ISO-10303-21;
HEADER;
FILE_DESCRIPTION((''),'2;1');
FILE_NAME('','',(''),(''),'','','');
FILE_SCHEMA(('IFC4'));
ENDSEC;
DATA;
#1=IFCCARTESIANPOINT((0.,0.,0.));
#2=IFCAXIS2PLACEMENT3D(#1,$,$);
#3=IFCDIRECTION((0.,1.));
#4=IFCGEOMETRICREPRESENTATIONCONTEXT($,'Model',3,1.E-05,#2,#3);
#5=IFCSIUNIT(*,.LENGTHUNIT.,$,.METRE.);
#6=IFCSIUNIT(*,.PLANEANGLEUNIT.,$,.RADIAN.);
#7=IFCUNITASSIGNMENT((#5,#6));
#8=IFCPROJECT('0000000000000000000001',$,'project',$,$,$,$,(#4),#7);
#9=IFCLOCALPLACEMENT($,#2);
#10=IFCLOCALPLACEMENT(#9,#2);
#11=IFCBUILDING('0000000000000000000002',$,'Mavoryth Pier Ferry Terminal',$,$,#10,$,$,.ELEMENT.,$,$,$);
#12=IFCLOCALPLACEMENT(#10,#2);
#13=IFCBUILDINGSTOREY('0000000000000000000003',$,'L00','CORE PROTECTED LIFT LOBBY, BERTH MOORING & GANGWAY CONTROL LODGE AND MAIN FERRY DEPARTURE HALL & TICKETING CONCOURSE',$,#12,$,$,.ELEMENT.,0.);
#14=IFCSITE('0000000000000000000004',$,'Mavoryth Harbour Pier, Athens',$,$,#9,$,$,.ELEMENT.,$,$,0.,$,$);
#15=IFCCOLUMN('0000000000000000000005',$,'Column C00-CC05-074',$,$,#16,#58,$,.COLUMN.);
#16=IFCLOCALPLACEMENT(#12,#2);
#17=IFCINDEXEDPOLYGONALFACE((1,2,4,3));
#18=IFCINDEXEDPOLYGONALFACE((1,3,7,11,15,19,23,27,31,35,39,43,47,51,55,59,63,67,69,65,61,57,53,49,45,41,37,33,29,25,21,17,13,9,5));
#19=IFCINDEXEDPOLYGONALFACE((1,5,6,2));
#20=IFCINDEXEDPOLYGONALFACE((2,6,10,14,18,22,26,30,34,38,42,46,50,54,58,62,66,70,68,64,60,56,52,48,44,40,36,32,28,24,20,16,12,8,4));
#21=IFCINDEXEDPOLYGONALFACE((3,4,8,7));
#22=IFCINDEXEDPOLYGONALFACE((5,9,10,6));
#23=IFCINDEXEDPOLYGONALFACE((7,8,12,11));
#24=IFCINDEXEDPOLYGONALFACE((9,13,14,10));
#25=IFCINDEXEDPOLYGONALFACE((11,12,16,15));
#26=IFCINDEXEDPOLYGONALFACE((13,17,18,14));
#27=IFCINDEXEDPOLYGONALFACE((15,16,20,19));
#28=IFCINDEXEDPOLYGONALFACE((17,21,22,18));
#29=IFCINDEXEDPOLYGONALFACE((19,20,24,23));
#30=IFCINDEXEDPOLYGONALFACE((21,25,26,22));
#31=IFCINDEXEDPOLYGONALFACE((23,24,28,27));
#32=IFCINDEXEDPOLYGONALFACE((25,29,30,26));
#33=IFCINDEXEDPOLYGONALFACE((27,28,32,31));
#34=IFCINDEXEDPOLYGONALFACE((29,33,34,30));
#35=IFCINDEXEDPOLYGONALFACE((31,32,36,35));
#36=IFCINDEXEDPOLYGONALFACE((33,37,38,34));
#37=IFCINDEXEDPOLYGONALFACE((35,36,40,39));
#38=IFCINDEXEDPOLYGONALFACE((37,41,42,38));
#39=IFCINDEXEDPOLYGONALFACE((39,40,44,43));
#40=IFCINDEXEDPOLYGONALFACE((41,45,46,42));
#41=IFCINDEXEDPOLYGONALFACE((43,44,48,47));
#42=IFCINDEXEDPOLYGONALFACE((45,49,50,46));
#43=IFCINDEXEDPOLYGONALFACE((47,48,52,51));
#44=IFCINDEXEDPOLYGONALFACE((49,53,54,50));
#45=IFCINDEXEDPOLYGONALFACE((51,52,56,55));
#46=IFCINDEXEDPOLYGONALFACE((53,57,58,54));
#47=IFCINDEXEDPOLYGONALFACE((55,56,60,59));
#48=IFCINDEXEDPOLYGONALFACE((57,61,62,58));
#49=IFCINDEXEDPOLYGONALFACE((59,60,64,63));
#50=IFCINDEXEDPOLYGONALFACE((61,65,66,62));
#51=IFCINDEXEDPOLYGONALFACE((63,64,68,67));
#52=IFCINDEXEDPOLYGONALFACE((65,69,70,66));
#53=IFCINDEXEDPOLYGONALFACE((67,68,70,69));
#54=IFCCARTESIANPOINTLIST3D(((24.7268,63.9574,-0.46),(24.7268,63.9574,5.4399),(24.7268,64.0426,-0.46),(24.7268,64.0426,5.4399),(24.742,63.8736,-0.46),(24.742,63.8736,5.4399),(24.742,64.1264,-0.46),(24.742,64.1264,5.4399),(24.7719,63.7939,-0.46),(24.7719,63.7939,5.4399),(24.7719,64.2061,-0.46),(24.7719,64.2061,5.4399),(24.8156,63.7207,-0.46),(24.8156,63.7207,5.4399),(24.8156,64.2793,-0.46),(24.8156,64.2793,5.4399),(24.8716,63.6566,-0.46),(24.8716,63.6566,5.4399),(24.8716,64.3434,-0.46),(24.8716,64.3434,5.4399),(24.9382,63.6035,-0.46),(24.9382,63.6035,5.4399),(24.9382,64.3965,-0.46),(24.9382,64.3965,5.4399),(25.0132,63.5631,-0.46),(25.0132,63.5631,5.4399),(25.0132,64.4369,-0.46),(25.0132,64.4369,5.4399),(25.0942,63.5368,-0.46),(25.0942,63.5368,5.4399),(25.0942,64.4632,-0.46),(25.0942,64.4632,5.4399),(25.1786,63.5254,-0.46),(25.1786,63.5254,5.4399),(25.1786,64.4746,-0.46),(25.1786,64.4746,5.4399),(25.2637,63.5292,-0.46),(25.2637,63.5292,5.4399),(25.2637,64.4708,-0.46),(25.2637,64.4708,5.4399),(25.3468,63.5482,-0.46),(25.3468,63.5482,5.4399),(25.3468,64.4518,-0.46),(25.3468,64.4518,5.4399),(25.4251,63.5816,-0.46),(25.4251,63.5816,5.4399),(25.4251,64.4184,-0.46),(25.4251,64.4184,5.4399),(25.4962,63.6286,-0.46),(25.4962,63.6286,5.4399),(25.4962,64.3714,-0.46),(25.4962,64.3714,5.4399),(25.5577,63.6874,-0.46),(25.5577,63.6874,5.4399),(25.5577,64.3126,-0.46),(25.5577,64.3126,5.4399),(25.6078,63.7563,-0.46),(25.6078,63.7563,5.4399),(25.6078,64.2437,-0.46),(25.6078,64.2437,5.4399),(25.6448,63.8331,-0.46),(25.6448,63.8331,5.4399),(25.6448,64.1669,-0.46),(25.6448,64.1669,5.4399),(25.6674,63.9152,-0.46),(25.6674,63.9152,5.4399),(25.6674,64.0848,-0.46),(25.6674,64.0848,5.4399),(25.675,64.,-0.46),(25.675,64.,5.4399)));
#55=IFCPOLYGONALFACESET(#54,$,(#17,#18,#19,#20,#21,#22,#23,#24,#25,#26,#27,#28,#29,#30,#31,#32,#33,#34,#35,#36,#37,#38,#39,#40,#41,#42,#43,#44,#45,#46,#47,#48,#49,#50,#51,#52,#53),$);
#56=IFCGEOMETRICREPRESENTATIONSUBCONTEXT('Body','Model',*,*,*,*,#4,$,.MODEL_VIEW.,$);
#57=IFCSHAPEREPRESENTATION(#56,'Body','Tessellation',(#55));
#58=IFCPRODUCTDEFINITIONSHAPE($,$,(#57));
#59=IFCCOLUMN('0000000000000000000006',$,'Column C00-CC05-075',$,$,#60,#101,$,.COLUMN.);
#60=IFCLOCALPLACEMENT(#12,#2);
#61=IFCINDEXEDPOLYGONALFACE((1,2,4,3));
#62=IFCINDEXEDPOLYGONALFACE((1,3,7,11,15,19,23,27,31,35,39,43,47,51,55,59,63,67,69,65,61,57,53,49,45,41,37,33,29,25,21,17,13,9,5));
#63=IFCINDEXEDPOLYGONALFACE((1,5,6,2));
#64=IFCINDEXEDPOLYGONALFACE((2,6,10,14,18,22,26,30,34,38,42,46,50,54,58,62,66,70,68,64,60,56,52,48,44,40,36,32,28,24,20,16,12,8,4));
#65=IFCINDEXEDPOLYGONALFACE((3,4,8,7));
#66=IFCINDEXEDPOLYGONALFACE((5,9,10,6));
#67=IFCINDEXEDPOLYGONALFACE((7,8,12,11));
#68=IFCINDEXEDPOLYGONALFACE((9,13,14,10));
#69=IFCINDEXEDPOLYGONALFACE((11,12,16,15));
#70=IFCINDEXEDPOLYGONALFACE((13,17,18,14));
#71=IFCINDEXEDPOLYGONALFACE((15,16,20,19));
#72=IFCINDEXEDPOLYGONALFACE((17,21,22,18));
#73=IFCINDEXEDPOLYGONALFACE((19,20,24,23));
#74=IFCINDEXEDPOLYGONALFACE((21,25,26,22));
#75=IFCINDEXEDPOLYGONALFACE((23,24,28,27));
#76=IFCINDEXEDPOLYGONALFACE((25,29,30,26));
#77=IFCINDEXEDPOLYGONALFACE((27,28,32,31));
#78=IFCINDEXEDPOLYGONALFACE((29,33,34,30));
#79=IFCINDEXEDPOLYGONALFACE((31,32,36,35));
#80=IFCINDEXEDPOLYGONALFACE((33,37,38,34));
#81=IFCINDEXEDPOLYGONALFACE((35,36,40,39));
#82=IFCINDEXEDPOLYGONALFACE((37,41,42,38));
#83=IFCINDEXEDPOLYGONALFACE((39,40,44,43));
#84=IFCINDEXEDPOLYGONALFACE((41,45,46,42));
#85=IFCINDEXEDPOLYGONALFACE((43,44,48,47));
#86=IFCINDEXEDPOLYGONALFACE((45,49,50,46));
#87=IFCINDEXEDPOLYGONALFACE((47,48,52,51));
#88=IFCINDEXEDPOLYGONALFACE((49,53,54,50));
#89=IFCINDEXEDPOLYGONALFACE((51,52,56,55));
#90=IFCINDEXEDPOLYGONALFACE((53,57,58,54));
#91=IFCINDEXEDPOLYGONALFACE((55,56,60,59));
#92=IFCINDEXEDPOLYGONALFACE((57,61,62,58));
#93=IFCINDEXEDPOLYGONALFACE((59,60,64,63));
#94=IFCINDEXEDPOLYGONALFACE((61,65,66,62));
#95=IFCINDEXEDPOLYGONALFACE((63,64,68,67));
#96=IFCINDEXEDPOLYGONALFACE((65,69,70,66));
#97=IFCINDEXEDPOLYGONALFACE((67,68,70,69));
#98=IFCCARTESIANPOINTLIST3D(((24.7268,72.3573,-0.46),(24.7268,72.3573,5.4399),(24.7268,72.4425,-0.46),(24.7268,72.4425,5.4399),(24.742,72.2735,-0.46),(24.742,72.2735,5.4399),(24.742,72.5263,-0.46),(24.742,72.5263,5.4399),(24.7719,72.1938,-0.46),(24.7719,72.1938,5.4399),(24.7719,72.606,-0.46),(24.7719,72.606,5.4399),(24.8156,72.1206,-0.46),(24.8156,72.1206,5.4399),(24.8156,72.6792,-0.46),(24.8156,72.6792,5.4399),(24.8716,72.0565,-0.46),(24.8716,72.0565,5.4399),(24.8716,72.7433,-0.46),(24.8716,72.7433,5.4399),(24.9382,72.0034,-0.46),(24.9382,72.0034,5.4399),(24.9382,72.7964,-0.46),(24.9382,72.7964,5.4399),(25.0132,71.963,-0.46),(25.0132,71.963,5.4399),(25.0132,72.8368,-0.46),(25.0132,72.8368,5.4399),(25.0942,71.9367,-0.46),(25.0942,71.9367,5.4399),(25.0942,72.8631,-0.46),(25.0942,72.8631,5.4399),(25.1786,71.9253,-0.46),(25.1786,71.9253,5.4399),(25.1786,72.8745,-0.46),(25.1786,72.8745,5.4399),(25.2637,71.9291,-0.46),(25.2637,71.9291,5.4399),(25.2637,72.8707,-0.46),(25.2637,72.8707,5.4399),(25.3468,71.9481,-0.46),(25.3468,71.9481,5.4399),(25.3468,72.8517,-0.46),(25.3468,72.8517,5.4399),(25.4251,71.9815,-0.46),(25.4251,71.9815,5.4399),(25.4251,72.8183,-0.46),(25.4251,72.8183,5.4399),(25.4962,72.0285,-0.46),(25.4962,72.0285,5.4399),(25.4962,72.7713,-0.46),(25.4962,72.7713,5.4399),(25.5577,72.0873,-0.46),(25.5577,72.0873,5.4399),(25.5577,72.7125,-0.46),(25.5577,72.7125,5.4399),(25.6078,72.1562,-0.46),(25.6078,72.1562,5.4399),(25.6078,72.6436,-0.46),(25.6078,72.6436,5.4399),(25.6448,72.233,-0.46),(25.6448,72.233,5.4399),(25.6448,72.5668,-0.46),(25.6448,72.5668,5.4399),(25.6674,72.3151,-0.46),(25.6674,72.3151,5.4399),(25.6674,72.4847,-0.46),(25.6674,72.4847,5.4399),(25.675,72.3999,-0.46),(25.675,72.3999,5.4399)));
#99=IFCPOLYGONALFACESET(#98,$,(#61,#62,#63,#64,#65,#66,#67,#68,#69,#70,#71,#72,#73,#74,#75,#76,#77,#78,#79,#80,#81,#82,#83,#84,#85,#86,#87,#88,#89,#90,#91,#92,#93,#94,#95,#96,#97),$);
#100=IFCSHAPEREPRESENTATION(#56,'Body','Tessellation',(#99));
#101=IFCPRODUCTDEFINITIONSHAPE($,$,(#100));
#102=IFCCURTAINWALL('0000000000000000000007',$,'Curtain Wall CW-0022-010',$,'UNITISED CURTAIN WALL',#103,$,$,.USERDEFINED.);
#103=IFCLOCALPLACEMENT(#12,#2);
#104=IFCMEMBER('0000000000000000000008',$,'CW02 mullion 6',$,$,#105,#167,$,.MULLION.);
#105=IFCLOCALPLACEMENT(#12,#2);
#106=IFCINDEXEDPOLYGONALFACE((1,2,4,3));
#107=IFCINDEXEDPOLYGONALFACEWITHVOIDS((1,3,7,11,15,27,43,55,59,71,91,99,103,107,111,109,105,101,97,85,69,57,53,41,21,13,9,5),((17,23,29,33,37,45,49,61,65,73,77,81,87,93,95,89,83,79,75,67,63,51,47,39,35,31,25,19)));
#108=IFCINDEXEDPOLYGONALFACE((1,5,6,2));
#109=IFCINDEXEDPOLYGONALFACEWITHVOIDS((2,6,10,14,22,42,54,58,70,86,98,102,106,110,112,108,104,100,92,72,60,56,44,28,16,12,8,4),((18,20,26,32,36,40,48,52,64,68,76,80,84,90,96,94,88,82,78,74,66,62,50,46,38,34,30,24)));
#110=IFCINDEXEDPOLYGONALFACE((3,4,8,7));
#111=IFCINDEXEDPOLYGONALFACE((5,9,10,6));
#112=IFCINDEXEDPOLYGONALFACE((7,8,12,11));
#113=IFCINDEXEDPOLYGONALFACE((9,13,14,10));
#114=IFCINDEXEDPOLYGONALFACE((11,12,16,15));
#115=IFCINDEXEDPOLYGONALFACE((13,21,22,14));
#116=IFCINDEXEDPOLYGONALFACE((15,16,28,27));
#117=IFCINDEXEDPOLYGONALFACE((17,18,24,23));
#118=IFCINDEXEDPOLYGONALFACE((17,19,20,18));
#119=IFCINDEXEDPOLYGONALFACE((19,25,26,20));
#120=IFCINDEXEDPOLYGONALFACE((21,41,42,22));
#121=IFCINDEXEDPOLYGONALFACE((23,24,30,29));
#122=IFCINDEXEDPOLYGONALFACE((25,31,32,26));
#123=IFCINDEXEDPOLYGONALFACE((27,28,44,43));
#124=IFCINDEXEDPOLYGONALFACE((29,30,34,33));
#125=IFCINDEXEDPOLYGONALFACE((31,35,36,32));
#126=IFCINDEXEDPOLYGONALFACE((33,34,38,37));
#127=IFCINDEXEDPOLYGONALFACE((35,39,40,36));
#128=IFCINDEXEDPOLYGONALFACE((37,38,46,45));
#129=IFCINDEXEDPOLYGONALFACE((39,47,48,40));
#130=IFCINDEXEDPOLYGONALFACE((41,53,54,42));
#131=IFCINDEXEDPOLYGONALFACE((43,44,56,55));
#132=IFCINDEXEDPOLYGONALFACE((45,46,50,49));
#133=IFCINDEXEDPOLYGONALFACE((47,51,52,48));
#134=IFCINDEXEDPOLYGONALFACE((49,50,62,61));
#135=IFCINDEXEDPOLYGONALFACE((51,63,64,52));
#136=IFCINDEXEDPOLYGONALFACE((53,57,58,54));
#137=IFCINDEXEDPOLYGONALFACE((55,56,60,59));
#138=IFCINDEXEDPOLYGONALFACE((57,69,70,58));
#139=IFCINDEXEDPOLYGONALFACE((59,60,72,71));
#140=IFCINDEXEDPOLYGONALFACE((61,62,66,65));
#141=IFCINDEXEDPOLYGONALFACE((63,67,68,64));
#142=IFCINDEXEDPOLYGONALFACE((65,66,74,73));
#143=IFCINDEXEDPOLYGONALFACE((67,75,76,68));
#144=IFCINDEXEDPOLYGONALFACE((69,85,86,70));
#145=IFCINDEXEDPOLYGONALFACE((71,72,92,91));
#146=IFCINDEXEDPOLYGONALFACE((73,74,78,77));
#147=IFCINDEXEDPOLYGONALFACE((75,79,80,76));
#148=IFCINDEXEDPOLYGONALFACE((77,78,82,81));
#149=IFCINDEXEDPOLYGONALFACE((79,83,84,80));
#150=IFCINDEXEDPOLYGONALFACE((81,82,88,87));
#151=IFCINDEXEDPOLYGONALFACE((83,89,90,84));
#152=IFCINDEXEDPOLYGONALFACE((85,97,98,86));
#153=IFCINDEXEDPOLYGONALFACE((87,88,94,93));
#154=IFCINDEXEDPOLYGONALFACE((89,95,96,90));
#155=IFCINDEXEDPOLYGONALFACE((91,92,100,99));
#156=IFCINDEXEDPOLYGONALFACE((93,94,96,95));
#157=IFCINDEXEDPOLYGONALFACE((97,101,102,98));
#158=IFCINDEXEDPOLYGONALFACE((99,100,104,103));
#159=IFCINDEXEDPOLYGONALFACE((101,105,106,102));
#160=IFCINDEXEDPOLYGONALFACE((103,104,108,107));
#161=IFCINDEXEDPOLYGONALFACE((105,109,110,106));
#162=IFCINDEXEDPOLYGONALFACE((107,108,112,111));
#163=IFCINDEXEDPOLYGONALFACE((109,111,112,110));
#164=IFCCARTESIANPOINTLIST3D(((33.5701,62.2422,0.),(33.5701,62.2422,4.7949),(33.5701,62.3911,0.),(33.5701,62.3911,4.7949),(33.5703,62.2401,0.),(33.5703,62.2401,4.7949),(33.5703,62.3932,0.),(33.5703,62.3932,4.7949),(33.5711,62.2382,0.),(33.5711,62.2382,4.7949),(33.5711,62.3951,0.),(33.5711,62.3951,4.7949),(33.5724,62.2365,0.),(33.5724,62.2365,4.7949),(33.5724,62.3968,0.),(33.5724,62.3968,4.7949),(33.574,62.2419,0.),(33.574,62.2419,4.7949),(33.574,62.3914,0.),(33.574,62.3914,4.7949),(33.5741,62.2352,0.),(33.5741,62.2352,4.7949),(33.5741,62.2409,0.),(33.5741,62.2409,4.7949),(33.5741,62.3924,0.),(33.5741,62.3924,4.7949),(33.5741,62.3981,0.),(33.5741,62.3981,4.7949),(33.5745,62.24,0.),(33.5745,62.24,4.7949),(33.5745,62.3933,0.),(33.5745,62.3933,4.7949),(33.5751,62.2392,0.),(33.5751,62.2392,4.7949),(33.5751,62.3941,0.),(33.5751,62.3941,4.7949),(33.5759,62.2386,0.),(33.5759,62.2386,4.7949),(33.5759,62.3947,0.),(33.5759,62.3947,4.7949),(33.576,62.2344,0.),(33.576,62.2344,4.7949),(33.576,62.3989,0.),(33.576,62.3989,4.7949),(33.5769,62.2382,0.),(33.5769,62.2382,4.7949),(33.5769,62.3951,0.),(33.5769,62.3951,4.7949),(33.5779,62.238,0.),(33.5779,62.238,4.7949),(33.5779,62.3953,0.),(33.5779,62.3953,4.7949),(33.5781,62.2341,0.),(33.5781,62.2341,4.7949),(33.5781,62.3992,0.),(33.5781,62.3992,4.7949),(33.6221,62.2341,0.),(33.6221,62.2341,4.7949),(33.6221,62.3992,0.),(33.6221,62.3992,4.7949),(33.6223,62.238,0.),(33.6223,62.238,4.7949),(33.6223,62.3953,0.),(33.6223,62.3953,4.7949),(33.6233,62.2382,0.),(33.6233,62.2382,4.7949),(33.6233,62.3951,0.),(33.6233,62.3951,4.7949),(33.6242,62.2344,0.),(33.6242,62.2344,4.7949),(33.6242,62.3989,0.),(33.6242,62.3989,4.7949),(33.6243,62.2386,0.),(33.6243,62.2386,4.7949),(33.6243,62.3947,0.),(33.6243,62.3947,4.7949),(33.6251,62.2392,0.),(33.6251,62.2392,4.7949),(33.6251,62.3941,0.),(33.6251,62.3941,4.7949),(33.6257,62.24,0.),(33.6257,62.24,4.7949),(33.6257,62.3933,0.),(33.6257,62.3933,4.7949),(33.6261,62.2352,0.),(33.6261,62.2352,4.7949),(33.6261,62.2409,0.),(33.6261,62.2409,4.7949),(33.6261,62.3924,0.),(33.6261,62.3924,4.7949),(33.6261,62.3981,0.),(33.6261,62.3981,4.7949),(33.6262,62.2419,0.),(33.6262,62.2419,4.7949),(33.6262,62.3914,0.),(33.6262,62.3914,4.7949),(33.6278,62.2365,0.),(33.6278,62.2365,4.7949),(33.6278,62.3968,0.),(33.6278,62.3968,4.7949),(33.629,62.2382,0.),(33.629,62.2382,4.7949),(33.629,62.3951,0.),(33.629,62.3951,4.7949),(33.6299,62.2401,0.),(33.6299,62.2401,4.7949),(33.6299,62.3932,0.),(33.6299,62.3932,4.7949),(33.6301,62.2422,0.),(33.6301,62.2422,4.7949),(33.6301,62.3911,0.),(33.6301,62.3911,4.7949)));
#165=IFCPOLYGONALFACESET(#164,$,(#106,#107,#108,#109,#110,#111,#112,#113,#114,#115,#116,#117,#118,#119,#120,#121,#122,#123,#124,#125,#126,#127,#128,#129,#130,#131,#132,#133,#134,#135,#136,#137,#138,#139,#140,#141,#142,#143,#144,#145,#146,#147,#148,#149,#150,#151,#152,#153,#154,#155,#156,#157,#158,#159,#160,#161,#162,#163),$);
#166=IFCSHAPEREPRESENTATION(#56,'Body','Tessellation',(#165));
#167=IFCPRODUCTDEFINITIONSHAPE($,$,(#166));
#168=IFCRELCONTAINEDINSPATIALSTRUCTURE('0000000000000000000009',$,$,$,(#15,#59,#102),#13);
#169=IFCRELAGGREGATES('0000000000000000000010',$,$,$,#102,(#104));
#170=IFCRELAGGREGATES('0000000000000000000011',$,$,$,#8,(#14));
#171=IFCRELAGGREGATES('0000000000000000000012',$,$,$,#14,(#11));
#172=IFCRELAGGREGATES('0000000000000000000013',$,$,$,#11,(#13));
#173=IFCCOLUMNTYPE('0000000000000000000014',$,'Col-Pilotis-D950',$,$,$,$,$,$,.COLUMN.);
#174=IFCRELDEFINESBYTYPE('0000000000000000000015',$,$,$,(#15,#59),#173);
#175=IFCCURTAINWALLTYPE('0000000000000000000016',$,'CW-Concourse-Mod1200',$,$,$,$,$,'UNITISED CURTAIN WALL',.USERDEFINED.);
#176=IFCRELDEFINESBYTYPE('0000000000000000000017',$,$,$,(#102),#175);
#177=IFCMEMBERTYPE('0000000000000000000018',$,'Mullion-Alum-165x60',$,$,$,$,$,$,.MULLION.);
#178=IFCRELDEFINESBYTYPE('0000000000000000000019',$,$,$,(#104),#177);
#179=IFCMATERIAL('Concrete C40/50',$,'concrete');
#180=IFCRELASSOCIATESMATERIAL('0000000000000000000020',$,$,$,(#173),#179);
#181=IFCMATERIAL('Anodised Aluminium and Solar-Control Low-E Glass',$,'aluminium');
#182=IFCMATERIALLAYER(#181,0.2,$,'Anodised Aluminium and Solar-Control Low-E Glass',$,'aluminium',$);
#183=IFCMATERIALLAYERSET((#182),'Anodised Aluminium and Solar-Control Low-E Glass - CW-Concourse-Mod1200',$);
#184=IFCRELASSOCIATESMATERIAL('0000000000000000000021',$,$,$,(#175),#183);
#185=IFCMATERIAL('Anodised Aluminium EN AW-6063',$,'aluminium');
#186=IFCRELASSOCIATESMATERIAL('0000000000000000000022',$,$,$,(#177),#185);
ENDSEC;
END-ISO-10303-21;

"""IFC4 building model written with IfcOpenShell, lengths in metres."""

from ifc_helpers import new_model, si_unit, direction, frame, origin, origin_2d, place, context, subcontext, project, spatial, hollow_rectangle, circle, extrude, material, layer, layer_set, material_profile, profile_set, type_object, element, aggregate, save


model = new_model("IFC4")

# Units and contexts
model_context = context("Model", 3, precision=1e-05, world=origin(), true_north=direction((0.0, 1.0)))
body_context = subcontext(model_context, "Body", "Model", "MODEL_VIEW")
ifc_project = project(units=[si_unit("LENGTHUNIT", "METRE"), si_unit("PLANEANGLEUNIT", "RADIAN")], contexts=[model_context])

# Site, building, storey
site_placement = place(None, origin())
site = spatial("IfcSite", under=ifc_project, at=site_placement, Name="Mavoryth Harbour Pier, Athens", CompositionType="ELEMENT", RefElevation=0.0)
building_placement = place(site_placement, origin())
building = spatial("IfcBuilding", under=site, at=building_placement, Name="Mavoryth Pier Ferry Terminal", CompositionType="ELEMENT")
storey_placement = place(building_placement, origin())
storey = spatial("IfcBuildingStorey", under=building, at=storey_placement, Name="L00", Description="CORE PROTECTED LIFT LOBBY, BERTH MOORING & GANGWAY CONTROL LODGE AND MAIN FERRY DEPARTURE HALL & TICKETING CONCOURSE", CompositionType="ELEMENT", Elevation=0.0)

# Columns
ifc_material_1 = material(Name="Concrete C40/50", Category="concrete")
ifc_material_profile_1 = material_profile(ifc_material_1, circle(Radius=0.4751, at=origin_2d()), Name="RC D950", Category="concrete")
ifc_profile_set_1 = profile_set([ifc_material_profile_1], Name="Concrete C40/50 - RC D950")
column_type = type_object("IfcColumnType", Name="Col-Pilotis-D950", PredefinedType="COLUMN", material=ifc_profile_set_1)
for number, where, z_axis, x_axis, name in (
    (1, (25.2, 64.0, -0.46), (0.0, 0.0, 1.0), (1.0, 0.0, 0.0), "Column C00-CC05-074"),
    (2, (25.2, 72.3999, -0.46), (0.0, 0.0, 1.0), (1.0, 0.0, 0.0), "Column C00-CC05-075"),
):
    element("IfcColumn", number, at=place(storey_placement, frame(where, z_axis=z_axis, x_axis=x_axis)), inside=storey, type_object=column_type, Name=name, PredefinedType="COLUMN", context=body_context, shape_type="SweptSolid", body=[
        extrude(circle(Radius=0.4751, at=origin_2d()), origin(), (0.0, 0.0, 1.0), 5.8999),
    ])

# Curtain wall, member
ifc_material_2 = material(Name="Anodised Aluminium and Solar-Control Low-E Glass", Category="aluminium")
ifc_layer_1 = layer(ifc_material_2, 0.2, Name="Anodised Aluminium and Solar-Control Low-E Glass", Category="aluminium")
ifc_layer_set_1 = layer_set([ifc_layer_1], Name="Anodised Aluminium and Solar-Control Low-E Glass - CW-Concourse-Mod1200")
curtain_wall_type = type_object("IfcCurtainWallType", Name="CW-Concourse-Mod1200", ElementType="UNITISED CURTAIN WALL", PredefinedType="USERDEFINED", material=ifc_layer_set_1)
curtain_wall_placement = place(storey_placement, origin())
curtain_wall = element("IfcCurtainWall", 3, at=curtain_wall_placement, inside=storey, type_object=curtain_wall_type, Name="Curtain Wall CW-0022-010", ObjectType="UNITISED CURTAIN WALL", PredefinedType="USERDEFINED")
ifc_material_3 = material(Name="Anodised Aluminium EN AW-6063", Category="aluminium")
ifc_material_profile_2 = material_profile(ifc_material_3, hollow_rectangle(XDim=0.0601, YDim=0.165, WallThickness=0.0039, InnerFilletRadius=0.0039, OuterFilletRadius=0.0081, at=origin_2d()), Name="AL-MULL 165x60x4", Category="aluminium")
ifc_profile_set_2 = profile_set([ifc_material_profile_2], Name="Anodised Aluminium EN AW-6063 - AL-MULL 165x60x4")
member_type_1 = type_object("IfcMemberType", Name="Mullion-Alum-165x60", PredefinedType="MULLION", material=ifc_profile_set_2)
member_1_placement = place(storey_placement, frame((33.6001, 62.3167, 0.0), z_axis=(0.0, 0.0, 1.0), x_axis=(-1.0, 0.0, 0.0)))
member_1 = element("IfcMember", 4, at=member_1_placement, type_object=member_type_1, Name="CW02 mullion 6", PredefinedType="MULLION", context=body_context, shape_type="SweptSolid", body=[
    extrude(hollow_rectangle(XDim=0.0601, YDim=0.165, WallThickness=0.0039, InnerFilletRadius=0.0039, OuterFilletRadius=0.0081, at=origin_2d()), origin(), (0.0, 0.0, 1.0), 4.7949),
])
aggregate(curtain_wall, [member_1])

save(model, "model.ifc")
